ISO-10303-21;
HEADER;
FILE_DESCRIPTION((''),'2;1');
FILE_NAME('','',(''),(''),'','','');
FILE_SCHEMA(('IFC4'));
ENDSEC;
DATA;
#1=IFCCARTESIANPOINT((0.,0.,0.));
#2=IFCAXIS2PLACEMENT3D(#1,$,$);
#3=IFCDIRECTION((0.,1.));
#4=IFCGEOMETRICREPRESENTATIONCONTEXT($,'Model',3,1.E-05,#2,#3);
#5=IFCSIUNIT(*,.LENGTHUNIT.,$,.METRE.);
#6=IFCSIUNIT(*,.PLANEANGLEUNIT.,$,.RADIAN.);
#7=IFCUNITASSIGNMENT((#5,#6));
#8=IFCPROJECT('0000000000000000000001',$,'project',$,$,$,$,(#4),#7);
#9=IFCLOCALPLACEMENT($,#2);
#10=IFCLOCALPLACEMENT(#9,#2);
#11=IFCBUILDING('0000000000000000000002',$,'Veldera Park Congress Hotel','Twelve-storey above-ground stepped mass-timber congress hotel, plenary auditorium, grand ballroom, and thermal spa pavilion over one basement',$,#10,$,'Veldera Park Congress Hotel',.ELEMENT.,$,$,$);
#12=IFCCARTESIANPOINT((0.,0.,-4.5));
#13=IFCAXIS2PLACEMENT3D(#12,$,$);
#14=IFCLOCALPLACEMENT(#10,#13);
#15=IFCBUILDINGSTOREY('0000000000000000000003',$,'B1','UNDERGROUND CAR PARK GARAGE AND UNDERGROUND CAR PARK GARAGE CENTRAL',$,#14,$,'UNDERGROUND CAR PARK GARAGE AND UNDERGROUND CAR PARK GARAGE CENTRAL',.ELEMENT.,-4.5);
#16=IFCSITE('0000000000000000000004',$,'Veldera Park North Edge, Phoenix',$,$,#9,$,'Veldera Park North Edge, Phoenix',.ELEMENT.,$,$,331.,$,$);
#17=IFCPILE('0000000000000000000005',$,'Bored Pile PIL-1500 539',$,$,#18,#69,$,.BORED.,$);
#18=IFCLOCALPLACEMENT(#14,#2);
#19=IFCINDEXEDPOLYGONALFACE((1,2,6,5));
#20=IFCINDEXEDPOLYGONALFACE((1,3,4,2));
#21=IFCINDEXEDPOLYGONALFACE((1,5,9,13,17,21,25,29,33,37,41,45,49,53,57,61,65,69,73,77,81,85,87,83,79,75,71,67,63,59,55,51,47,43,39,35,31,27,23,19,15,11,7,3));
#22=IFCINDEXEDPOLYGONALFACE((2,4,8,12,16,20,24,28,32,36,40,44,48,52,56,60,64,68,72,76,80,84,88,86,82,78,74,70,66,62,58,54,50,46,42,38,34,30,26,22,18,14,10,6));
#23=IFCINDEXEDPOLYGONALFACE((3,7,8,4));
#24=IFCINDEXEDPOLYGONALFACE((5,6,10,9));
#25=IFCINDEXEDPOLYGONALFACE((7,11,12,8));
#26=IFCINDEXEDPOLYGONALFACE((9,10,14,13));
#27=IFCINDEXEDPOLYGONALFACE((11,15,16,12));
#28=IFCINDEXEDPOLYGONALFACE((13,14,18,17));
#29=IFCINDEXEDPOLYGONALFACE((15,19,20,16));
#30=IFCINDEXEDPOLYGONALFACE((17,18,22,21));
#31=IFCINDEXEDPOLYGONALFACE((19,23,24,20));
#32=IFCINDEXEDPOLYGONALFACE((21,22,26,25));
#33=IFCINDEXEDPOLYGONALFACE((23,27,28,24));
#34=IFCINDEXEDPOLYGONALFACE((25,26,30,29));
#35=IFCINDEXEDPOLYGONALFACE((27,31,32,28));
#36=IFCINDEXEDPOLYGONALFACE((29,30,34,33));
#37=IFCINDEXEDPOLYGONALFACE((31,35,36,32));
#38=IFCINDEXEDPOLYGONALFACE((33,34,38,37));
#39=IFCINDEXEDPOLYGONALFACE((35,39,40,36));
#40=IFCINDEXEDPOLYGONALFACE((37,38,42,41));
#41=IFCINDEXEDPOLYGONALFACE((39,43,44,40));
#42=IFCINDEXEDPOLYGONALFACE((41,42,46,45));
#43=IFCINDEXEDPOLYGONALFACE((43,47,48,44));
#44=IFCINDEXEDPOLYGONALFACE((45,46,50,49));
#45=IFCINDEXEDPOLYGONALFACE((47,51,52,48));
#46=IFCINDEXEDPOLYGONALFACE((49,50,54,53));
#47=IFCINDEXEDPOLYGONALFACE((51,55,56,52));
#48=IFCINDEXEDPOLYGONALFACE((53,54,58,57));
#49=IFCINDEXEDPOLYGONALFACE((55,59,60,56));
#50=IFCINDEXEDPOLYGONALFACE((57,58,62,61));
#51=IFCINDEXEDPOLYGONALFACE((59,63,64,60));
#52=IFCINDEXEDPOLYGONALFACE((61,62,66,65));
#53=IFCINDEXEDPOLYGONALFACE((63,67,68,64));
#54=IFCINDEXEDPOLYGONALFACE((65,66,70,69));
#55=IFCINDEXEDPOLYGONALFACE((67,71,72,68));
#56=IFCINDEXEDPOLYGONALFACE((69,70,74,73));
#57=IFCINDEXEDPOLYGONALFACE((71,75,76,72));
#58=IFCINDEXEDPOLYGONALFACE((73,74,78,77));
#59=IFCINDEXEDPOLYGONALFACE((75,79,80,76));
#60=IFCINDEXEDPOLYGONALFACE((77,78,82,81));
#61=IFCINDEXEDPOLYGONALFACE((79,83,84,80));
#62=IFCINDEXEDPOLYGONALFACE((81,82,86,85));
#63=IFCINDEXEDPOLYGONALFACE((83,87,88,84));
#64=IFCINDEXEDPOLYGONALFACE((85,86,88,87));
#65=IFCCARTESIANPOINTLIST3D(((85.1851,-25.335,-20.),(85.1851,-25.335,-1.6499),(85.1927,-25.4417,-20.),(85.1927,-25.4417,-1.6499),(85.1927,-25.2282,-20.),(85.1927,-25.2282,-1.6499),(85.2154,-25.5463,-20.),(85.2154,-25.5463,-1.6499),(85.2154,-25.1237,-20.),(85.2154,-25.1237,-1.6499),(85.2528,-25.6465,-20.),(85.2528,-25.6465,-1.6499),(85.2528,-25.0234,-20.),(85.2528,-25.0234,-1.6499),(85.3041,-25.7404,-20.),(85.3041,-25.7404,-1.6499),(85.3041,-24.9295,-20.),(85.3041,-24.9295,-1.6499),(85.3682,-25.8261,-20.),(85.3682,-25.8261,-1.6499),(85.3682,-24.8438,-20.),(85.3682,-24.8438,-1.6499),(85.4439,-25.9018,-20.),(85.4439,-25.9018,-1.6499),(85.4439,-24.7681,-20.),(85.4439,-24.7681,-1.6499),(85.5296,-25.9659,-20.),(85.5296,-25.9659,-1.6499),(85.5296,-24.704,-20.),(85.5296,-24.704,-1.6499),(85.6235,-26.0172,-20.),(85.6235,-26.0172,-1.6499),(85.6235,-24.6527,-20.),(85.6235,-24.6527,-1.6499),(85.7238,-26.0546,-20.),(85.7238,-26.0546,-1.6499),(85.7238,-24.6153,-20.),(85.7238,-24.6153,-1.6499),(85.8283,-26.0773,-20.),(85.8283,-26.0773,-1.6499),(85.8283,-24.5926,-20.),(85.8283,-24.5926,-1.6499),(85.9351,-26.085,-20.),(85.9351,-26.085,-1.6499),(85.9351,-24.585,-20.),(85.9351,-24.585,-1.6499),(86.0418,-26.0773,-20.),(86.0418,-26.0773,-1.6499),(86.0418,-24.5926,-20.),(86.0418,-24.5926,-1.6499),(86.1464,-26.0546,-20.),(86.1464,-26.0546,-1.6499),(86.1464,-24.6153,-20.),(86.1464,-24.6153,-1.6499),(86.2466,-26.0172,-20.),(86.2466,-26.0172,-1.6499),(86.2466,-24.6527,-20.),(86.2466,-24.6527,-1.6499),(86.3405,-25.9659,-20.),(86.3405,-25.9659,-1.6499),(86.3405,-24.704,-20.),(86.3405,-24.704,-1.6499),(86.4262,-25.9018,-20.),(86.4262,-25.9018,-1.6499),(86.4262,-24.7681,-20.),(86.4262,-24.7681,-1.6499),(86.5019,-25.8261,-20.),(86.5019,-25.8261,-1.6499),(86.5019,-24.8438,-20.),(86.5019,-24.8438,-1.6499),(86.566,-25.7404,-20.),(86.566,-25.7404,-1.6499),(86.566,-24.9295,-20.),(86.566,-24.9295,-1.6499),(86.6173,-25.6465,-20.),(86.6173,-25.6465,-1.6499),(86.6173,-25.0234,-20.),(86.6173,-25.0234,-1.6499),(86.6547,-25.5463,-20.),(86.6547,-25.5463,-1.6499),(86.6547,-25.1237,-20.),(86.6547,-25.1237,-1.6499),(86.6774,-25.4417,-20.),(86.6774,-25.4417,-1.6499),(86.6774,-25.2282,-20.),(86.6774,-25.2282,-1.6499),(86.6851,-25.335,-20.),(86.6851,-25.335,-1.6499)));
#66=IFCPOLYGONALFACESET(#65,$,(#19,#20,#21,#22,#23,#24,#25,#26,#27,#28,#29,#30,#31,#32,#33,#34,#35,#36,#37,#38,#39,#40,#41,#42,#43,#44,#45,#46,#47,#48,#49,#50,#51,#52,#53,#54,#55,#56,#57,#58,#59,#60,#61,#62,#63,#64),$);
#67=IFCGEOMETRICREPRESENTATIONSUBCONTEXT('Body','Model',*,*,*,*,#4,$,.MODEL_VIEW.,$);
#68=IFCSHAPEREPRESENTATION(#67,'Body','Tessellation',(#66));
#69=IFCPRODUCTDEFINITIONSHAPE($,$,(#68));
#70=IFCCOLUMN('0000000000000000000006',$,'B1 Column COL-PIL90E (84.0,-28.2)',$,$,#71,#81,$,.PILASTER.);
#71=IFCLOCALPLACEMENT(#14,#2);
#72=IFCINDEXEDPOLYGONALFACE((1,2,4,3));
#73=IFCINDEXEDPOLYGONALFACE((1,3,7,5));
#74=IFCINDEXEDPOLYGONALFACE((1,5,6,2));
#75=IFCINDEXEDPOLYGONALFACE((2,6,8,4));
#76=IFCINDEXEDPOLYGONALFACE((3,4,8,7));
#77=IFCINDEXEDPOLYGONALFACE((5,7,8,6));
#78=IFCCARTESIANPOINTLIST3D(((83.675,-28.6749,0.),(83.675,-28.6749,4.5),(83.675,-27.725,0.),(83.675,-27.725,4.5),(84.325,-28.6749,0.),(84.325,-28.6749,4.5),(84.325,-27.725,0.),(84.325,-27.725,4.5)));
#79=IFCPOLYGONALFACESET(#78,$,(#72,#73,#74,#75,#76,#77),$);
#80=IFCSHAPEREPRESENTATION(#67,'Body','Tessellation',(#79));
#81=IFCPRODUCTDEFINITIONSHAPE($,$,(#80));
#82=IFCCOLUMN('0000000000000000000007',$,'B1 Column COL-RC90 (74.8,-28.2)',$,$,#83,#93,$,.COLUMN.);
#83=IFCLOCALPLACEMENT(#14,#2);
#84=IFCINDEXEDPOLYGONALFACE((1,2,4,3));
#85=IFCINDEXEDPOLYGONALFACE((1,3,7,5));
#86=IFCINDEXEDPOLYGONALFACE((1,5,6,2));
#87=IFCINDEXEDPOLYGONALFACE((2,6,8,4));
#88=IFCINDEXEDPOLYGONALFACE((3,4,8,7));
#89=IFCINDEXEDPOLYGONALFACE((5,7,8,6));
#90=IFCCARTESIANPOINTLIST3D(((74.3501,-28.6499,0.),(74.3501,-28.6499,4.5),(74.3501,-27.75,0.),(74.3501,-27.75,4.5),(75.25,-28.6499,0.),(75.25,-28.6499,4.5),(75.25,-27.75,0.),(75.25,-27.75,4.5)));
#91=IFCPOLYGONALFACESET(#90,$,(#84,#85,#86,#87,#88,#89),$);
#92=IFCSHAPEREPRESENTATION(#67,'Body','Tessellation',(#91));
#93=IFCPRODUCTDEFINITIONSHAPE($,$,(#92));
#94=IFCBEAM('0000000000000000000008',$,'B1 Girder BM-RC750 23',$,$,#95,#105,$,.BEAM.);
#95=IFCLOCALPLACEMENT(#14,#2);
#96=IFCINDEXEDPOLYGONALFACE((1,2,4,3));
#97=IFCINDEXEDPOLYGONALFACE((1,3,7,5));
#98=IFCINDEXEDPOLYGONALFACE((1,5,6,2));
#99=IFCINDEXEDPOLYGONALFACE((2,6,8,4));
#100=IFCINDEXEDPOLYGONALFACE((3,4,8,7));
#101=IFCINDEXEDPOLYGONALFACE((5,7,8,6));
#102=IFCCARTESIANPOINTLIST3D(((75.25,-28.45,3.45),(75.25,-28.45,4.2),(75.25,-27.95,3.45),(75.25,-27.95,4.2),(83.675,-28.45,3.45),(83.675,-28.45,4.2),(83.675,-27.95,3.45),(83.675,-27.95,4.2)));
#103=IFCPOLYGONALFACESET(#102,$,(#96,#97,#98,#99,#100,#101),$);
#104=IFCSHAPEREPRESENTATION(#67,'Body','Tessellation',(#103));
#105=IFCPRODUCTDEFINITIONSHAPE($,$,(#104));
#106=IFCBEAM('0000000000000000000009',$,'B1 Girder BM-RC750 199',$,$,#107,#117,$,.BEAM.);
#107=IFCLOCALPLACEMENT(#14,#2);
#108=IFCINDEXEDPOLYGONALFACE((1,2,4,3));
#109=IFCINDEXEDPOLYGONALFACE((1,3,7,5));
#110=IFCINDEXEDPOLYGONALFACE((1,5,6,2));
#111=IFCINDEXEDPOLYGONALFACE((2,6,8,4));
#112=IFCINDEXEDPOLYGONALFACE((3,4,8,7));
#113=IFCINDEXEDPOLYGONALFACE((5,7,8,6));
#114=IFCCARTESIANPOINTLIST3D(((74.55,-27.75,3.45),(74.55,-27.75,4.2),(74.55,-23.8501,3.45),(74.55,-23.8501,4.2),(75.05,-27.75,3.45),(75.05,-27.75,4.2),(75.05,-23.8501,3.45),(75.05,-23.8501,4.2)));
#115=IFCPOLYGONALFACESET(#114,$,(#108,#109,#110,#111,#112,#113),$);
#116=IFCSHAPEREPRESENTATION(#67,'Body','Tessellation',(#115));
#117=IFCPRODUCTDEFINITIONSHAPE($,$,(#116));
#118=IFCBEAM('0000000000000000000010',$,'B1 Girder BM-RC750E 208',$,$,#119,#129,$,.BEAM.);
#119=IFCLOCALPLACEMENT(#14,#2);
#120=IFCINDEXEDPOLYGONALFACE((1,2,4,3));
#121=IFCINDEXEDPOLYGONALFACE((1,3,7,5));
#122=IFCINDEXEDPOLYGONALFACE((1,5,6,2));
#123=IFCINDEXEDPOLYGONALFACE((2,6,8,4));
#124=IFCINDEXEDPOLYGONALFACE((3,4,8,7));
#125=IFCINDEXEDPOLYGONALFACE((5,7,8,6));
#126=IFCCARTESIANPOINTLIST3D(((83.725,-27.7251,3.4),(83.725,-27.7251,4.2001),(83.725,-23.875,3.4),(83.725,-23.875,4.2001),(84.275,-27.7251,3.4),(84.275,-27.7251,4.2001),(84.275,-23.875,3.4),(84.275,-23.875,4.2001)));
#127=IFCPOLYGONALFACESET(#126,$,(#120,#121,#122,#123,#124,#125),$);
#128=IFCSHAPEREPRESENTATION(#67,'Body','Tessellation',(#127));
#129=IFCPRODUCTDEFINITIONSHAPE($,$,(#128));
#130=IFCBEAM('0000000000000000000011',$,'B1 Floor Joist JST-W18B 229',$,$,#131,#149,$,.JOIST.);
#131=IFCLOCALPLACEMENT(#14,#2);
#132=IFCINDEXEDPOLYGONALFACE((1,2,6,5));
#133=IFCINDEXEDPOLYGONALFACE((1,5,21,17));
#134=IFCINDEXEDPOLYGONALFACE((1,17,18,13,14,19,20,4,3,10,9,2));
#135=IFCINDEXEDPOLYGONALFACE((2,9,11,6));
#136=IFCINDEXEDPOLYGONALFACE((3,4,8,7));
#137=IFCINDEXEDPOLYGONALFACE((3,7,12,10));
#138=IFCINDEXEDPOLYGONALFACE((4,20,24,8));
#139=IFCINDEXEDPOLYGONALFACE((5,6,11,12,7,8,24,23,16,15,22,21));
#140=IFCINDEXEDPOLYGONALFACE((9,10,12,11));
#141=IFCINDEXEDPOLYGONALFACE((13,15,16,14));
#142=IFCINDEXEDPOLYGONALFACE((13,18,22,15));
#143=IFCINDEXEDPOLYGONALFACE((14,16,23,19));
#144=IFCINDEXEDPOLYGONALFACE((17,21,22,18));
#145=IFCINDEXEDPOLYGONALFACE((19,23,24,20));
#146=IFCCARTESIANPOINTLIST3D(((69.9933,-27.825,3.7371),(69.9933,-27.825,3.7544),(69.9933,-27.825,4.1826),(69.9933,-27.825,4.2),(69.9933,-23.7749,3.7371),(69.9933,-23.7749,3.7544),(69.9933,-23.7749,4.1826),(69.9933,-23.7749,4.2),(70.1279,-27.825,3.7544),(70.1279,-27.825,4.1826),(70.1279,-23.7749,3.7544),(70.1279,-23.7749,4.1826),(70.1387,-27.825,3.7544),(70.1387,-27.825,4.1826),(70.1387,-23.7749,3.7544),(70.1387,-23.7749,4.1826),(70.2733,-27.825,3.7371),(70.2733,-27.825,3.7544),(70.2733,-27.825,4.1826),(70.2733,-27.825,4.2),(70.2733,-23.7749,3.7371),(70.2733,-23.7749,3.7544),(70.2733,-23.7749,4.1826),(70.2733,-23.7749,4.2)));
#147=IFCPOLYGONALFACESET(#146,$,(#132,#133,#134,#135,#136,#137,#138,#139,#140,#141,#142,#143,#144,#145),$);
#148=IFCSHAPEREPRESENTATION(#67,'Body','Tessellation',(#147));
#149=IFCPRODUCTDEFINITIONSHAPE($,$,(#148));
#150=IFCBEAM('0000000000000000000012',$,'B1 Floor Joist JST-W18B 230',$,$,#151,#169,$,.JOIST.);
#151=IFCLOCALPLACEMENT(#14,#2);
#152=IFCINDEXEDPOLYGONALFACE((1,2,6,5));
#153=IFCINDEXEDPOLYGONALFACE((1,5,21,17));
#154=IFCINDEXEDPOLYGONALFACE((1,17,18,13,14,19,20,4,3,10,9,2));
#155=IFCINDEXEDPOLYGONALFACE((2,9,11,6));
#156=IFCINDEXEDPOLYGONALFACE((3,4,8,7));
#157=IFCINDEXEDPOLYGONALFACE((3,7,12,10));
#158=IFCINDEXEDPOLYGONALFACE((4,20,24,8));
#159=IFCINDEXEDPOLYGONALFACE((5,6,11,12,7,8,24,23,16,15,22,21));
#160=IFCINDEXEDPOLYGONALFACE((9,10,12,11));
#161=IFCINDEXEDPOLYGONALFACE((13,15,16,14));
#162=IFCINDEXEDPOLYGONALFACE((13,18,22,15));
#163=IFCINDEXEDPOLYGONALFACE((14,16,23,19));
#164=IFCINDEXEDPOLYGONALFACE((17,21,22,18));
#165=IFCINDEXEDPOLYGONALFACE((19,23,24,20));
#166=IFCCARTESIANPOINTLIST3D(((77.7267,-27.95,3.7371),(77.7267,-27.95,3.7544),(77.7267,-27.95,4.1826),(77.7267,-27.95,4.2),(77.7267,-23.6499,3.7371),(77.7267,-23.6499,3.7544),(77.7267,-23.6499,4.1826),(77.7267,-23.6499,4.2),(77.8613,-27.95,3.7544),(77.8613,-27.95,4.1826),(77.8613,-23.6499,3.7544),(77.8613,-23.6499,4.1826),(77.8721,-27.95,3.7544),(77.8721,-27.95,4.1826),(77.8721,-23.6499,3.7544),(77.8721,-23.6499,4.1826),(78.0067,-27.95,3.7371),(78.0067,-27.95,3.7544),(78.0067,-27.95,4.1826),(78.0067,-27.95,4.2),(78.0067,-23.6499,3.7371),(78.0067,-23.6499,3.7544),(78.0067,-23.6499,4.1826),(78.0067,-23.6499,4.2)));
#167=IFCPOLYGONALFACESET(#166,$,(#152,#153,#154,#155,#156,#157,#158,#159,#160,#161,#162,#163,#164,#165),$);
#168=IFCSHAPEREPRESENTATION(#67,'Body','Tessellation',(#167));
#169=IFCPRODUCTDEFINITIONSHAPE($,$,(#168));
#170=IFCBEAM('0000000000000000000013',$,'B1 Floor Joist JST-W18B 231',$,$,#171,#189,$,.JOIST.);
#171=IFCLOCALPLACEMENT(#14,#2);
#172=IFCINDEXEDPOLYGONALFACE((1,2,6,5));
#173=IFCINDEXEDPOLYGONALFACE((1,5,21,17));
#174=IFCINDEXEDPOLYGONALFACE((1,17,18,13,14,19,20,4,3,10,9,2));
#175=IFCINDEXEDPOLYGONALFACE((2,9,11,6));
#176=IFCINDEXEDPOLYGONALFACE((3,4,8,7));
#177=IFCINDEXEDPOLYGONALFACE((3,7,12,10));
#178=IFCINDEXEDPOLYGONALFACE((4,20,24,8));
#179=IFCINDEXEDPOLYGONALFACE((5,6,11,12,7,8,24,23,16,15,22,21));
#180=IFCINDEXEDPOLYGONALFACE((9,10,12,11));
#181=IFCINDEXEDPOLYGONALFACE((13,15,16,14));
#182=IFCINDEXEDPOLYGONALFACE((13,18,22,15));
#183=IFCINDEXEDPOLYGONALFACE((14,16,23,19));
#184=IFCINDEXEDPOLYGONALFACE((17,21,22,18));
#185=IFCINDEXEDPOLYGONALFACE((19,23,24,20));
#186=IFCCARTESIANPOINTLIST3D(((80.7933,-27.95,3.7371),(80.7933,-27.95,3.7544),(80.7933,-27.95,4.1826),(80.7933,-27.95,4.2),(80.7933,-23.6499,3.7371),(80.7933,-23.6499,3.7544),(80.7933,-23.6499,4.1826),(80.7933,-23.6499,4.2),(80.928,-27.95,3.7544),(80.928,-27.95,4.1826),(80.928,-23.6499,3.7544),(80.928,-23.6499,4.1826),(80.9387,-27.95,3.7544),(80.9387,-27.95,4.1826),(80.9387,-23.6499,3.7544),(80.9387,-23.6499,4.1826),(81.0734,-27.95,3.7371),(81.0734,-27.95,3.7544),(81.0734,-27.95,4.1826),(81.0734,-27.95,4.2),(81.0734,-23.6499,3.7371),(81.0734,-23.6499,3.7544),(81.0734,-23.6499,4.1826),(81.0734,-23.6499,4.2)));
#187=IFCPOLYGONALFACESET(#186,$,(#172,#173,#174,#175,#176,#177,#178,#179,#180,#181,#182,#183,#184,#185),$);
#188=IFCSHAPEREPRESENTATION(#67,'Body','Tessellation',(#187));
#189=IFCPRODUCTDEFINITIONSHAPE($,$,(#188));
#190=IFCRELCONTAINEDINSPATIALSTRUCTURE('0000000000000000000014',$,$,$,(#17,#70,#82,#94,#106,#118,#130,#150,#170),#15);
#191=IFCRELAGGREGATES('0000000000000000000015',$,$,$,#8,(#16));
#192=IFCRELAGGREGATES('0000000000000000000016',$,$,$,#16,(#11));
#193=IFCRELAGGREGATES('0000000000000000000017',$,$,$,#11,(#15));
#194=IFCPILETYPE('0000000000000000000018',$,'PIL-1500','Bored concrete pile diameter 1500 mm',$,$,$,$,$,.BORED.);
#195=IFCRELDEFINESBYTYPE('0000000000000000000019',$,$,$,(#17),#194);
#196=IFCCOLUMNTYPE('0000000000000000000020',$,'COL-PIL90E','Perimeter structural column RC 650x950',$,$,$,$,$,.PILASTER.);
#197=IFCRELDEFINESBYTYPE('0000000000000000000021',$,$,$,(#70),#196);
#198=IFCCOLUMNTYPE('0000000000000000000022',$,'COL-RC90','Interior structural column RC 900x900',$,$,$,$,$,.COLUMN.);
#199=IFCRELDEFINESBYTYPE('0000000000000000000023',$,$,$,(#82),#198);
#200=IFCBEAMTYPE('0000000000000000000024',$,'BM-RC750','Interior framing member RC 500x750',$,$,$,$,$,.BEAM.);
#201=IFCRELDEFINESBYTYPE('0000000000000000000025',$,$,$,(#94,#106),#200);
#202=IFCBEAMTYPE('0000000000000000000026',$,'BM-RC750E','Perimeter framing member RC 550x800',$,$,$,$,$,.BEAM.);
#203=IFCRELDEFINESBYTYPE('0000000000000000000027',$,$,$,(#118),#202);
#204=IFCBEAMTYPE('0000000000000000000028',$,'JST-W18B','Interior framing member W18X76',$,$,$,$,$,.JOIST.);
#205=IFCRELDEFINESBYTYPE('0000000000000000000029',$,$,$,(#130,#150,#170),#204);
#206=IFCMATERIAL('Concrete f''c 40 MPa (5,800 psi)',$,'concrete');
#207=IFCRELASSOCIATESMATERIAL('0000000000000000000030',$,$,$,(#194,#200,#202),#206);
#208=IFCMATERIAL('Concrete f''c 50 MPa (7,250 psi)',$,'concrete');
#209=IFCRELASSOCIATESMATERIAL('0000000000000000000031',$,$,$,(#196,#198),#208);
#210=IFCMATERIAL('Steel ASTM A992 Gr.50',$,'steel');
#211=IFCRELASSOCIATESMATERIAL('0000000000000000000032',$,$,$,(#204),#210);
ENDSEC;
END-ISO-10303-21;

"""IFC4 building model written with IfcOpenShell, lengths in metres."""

from ifc_helpers import new_model, si_unit, direction, frame, origin, origin_2d, place, context, subcontext, project, spatial, rectangle, circle, i_section, extrude, material, material_profile, profile_set, type_object, element, save


model = new_model("IFC4")

# Units and contexts
model_context = context("Model", 3, precision=1e-05, world=origin(), true_north=direction((0.0, 1.0)))
body_context = subcontext(model_context, "Body", "Model", "MODEL_VIEW")
ifc_project = project(units=[si_unit("LENGTHUNIT", "METRE"), si_unit("PLANEANGLEUNIT", "RADIAN")], contexts=[model_context])

# Site, building, storey
site_placement = place(None, origin())
site = spatial("IfcSite", under=ifc_project, at=site_placement, Name="Veldera Park North Edge, Phoenix", LongName="Veldera Park North Edge, Phoenix", CompositionType="ELEMENT", RefElevation=331.0)
building_placement = place(site_placement, origin())
building = spatial("IfcBuilding", under=site, at=building_placement, Name="Veldera Park Congress Hotel", Description="Twelve-storey above-ground stepped mass-timber congress hotel, plenary auditorium, grand ballroom, and thermal spa pavilion over one basement", LongName="Veldera Park Congress Hotel", CompositionType="ELEMENT")
storey_placement = place(building_placement, frame((0.0, 0.0, -4.5)))
storey = spatial("IfcBuildingStorey", under=building, at=storey_placement, Name="B1", Description="UNDERGROUND CAR PARK GARAGE AND UNDERGROUND CAR PARK GARAGE CENTRAL", LongName="UNDERGROUND CAR PARK GARAGE AND UNDERGROUND CAR PARK GARAGE CENTRAL", CompositionType="ELEMENT", Elevation=-4.5)

# Shared definitions
ifc_material_1 = material(Name="Concrete f'c 40 MPa (5,800 psi)", Category="concrete")

# Pile
ifc_material_profile_1 = material_profile(ifc_material_1, circle(Radius=0.75, at=origin_2d()), Name="PILE D1500")
ifc_profile_set_1 = profile_set([ifc_material_profile_1], Name="Concrete f'c 40 MPa (5,800 psi)")
pile_type_1 = type_object("IfcPileType", Name="PIL-1500", Description="Bored concrete pile diameter 1500 mm", PredefinedType="BORED", material=ifc_profile_set_1)
for number, where, z_axis, x_axis, name in (
    (1, (85.9351, -25.335, -1.6499), (0.0, 0.0, -1.0), (1.0, 0.0, 0.0), "Bored Pile PIL-1500 539"),
):
    element("IfcPile", number, at=place(storey_placement, frame(where, z_axis=z_axis, x_axis=x_axis)), inside=storey, type_object=pile_type_1, Name=name, PredefinedType="BORED", context=body_context, shape_type="SweptSolid", body=[
        extrude(circle(Radius=0.75, at=origin_2d()), origin(), (0.0, 0.0, 1.0), 18.3501),
    ])

# Columns
ifc_material_2 = material(Name="Concrete f'c 50 MPa (7,250 psi)", Category="concrete")
ifc_material_profile_2 = material_profile(ifc_material_2, rectangle(XDim=0.6499, YDim=0.95, at=origin_2d()), Name="RC 650x950")
ifc_profile_set_2 = profile_set([ifc_material_profile_2], Name="Concrete f'c 50 MPa (7,250 psi)")
column_type_1 = type_object("IfcColumnType", Name="COL-PIL90E", Description="Perimeter structural column RC 650x950", PredefinedType="PILASTER", material=ifc_profile_set_2)
column_1_placement = place(storey_placement, frame((84.0, -28.2, 0.0), z_axis=(0.0, 0.0, 1.0), x_axis=(1.0, 0.0, 0.0)))
element("IfcColumn", 2, at=column_1_placement, inside=storey, type_object=column_type_1, Name="B1 Column COL-PIL90E (84.0,-28.2)", PredefinedType="PILASTER", context=body_context, shape_type="SweptSolid", body=[
    extrude(rectangle(XDim=0.6499, YDim=0.95, at=origin_2d()), origin(), (0.0, 0.0, 1.0), 4.5),
])
ifc_material_profile_3 = material_profile(ifc_material_2, rectangle(XDim=0.8999, YDim=0.8999, at=origin_2d()), Name="RC 900x900")
ifc_profile_set_3 = profile_set([ifc_material_profile_3], Name="Concrete f'c 50 MPa (7,250 psi)")
column_type_2 = type_object("IfcColumnType", Name="COL-RC90", Description="Interior structural column RC 900x900", PredefinedType="COLUMN", material=ifc_profile_set_3)
column_2_placement = place(storey_placement, frame((74.8, -28.2, 0.0), z_axis=(0.0, 0.0, 1.0), x_axis=(1.0, 0.0, 0.0)))
element("IfcColumn", 3, at=column_2_placement, inside=storey, type_object=column_type_2, Name="B1 Column COL-RC90 (74.8,-28.2)", PredefinedType="COLUMN", context=body_context, shape_type="SweptSolid", body=[
    extrude(rectangle(XDim=0.8999, YDim=0.8999, at=origin_2d()), origin(), (0.0, 0.0, 1.0), 4.5),
])

# Beams
ifc_material_profile_4 = material_profile(ifc_material_1, rectangle(XDim=0.5, YDim=0.75, at=origin_2d()), Name="RC 500x750")
ifc_profile_set_4 = profile_set([ifc_material_profile_4], Name="Concrete f'c 40 MPa (5,800 psi)")
beam_type_1 = type_object("IfcBeamType", Name="BM-RC750", Description="Interior framing member RC 500x750", PredefinedType="BEAM", material=ifc_profile_set_4)
beam_1_placement = place(storey_placement, frame((75.25, -28.2, 3.825), z_axis=(1.0, 0.0, 0.0), x_axis=(0.0, 1.0, 0.0)))
element("IfcBeam", 4, at=beam_1_placement, inside=storey, type_object=beam_type_1, Name="B1 Girder BM-RC750 23", PredefinedType="BEAM", context=body_context, shape_type="SweptSolid", body=[
    extrude(rectangle(XDim=0.5, YDim=0.75, at=origin_2d()), origin(), (0.0, 0.0, 1.0), 8.425),
])
beam_2_placement = place(storey_placement, frame((74.8, -27.75, 3.825), z_axis=(0.0, 1.0, 0.0), x_axis=(-1.0, 0.0, 0.0)))
element("IfcBeam", 5, at=beam_2_placement, inside=storey, type_object=beam_type_1, Name="B1 Girder BM-RC750 199", PredefinedType="BEAM", context=body_context, shape_type="SweptSolid", body=[
    extrude(rectangle(XDim=0.5, YDim=0.75, at=origin_2d()), origin(), (0.0, 0.0, 1.0), 3.8999),
])
ifc_material_profile_5 = material_profile(ifc_material_1, rectangle(XDim=0.55, YDim=0.8, at=origin_2d()), Name="RC 550x800")
ifc_profile_set_5 = profile_set([ifc_material_profile_5], Name="Concrete f'c 40 MPa (5,800 psi)")
beam_type_2 = type_object("IfcBeamType", Name="BM-RC750E", Description="Perimeter framing member RC 550x800", PredefinedType="BEAM", material=ifc_profile_set_5)
beam_3_placement = place(storey_placement, frame((84.0, -27.7251, 3.8), z_axis=(0.0, 1.0, 0.0), x_axis=(-1.0, 0.0, 0.0)))
element("IfcBeam", 6, at=beam_3_placement, inside=storey, type_object=beam_type_2, Name="B1 Girder BM-RC750E 208", PredefinedType="BEAM", context=body_context, shape_type="SweptSolid", body=[
    extrude(rectangle(XDim=0.55, YDim=0.8, at=origin_2d()), origin(), (0.0, 0.0, 1.0), 3.8501),
])
ifc_material_3 = material(Name="Steel ASTM A992 Gr.50", Category="steel")
ifc_material_profile_6 = material_profile(ifc_material_3, i_section(OverallWidth=0.28, OverallDepth=0.4629, WebThickness=0.0107, FlangeThickness=0.0173, at=origin_2d()), Name="W18X76")
ifc_profile_set_6 = profile_set([ifc_material_profile_6], Name="Steel ASTM A992 Gr.50")
beam_type_3 = type_object("IfcBeamType", Name="JST-W18B", Description="Interior framing member W18X76", PredefinedType="JOIST", material=ifc_profile_set_6)
beam_4_placement = place(storey_placement, frame((70.1333, -27.825, 3.9685), z_axis=(0.0, 1.0, 0.0), x_axis=(-1.0, 0.0, 0.0)))
element("IfcBeam", 7, at=beam_4_placement, inside=storey, type_object=beam_type_3, Name="B1 Floor Joist JST-W18B 229", PredefinedType="JOIST", context=body_context, shape_type="SweptSolid", body=[
    extrude(i_section(OverallWidth=0.28, OverallDepth=0.4629, WebThickness=0.0107, FlangeThickness=0.0173, at=origin_2d()), origin(), (0.0, 0.0, 1.0), 4.05),
])
for number, where, z_axis, x_axis, name in (
    (8, (77.8667, -27.95, 3.9685), (0.0, 1.0, 0.0), (-1.0, 0.0, 0.0), "B1 Floor Joist JST-W18B 230"),
    (9, (80.9333, -27.95, 3.9685), (0.0, 1.0, 0.0), (-1.0, 0.0, 0.0), "B1 Floor Joist JST-W18B 231"),
):
    element("IfcBeam", number, at=place(storey_placement, frame(where, z_axis=z_axis, x_axis=x_axis)), inside=storey, type_object=beam_type_3, Name=name, PredefinedType="JOIST", context=body_context, shape_type="SweptSolid", body=[
        extrude(i_section(OverallWidth=0.28, OverallDepth=0.4629, WebThickness=0.0107, FlangeThickness=0.0173, at=origin_2d()), origin(), (0.0, 0.0, 1.0), 4.3),
    ])

save(model, "model.ifc")
